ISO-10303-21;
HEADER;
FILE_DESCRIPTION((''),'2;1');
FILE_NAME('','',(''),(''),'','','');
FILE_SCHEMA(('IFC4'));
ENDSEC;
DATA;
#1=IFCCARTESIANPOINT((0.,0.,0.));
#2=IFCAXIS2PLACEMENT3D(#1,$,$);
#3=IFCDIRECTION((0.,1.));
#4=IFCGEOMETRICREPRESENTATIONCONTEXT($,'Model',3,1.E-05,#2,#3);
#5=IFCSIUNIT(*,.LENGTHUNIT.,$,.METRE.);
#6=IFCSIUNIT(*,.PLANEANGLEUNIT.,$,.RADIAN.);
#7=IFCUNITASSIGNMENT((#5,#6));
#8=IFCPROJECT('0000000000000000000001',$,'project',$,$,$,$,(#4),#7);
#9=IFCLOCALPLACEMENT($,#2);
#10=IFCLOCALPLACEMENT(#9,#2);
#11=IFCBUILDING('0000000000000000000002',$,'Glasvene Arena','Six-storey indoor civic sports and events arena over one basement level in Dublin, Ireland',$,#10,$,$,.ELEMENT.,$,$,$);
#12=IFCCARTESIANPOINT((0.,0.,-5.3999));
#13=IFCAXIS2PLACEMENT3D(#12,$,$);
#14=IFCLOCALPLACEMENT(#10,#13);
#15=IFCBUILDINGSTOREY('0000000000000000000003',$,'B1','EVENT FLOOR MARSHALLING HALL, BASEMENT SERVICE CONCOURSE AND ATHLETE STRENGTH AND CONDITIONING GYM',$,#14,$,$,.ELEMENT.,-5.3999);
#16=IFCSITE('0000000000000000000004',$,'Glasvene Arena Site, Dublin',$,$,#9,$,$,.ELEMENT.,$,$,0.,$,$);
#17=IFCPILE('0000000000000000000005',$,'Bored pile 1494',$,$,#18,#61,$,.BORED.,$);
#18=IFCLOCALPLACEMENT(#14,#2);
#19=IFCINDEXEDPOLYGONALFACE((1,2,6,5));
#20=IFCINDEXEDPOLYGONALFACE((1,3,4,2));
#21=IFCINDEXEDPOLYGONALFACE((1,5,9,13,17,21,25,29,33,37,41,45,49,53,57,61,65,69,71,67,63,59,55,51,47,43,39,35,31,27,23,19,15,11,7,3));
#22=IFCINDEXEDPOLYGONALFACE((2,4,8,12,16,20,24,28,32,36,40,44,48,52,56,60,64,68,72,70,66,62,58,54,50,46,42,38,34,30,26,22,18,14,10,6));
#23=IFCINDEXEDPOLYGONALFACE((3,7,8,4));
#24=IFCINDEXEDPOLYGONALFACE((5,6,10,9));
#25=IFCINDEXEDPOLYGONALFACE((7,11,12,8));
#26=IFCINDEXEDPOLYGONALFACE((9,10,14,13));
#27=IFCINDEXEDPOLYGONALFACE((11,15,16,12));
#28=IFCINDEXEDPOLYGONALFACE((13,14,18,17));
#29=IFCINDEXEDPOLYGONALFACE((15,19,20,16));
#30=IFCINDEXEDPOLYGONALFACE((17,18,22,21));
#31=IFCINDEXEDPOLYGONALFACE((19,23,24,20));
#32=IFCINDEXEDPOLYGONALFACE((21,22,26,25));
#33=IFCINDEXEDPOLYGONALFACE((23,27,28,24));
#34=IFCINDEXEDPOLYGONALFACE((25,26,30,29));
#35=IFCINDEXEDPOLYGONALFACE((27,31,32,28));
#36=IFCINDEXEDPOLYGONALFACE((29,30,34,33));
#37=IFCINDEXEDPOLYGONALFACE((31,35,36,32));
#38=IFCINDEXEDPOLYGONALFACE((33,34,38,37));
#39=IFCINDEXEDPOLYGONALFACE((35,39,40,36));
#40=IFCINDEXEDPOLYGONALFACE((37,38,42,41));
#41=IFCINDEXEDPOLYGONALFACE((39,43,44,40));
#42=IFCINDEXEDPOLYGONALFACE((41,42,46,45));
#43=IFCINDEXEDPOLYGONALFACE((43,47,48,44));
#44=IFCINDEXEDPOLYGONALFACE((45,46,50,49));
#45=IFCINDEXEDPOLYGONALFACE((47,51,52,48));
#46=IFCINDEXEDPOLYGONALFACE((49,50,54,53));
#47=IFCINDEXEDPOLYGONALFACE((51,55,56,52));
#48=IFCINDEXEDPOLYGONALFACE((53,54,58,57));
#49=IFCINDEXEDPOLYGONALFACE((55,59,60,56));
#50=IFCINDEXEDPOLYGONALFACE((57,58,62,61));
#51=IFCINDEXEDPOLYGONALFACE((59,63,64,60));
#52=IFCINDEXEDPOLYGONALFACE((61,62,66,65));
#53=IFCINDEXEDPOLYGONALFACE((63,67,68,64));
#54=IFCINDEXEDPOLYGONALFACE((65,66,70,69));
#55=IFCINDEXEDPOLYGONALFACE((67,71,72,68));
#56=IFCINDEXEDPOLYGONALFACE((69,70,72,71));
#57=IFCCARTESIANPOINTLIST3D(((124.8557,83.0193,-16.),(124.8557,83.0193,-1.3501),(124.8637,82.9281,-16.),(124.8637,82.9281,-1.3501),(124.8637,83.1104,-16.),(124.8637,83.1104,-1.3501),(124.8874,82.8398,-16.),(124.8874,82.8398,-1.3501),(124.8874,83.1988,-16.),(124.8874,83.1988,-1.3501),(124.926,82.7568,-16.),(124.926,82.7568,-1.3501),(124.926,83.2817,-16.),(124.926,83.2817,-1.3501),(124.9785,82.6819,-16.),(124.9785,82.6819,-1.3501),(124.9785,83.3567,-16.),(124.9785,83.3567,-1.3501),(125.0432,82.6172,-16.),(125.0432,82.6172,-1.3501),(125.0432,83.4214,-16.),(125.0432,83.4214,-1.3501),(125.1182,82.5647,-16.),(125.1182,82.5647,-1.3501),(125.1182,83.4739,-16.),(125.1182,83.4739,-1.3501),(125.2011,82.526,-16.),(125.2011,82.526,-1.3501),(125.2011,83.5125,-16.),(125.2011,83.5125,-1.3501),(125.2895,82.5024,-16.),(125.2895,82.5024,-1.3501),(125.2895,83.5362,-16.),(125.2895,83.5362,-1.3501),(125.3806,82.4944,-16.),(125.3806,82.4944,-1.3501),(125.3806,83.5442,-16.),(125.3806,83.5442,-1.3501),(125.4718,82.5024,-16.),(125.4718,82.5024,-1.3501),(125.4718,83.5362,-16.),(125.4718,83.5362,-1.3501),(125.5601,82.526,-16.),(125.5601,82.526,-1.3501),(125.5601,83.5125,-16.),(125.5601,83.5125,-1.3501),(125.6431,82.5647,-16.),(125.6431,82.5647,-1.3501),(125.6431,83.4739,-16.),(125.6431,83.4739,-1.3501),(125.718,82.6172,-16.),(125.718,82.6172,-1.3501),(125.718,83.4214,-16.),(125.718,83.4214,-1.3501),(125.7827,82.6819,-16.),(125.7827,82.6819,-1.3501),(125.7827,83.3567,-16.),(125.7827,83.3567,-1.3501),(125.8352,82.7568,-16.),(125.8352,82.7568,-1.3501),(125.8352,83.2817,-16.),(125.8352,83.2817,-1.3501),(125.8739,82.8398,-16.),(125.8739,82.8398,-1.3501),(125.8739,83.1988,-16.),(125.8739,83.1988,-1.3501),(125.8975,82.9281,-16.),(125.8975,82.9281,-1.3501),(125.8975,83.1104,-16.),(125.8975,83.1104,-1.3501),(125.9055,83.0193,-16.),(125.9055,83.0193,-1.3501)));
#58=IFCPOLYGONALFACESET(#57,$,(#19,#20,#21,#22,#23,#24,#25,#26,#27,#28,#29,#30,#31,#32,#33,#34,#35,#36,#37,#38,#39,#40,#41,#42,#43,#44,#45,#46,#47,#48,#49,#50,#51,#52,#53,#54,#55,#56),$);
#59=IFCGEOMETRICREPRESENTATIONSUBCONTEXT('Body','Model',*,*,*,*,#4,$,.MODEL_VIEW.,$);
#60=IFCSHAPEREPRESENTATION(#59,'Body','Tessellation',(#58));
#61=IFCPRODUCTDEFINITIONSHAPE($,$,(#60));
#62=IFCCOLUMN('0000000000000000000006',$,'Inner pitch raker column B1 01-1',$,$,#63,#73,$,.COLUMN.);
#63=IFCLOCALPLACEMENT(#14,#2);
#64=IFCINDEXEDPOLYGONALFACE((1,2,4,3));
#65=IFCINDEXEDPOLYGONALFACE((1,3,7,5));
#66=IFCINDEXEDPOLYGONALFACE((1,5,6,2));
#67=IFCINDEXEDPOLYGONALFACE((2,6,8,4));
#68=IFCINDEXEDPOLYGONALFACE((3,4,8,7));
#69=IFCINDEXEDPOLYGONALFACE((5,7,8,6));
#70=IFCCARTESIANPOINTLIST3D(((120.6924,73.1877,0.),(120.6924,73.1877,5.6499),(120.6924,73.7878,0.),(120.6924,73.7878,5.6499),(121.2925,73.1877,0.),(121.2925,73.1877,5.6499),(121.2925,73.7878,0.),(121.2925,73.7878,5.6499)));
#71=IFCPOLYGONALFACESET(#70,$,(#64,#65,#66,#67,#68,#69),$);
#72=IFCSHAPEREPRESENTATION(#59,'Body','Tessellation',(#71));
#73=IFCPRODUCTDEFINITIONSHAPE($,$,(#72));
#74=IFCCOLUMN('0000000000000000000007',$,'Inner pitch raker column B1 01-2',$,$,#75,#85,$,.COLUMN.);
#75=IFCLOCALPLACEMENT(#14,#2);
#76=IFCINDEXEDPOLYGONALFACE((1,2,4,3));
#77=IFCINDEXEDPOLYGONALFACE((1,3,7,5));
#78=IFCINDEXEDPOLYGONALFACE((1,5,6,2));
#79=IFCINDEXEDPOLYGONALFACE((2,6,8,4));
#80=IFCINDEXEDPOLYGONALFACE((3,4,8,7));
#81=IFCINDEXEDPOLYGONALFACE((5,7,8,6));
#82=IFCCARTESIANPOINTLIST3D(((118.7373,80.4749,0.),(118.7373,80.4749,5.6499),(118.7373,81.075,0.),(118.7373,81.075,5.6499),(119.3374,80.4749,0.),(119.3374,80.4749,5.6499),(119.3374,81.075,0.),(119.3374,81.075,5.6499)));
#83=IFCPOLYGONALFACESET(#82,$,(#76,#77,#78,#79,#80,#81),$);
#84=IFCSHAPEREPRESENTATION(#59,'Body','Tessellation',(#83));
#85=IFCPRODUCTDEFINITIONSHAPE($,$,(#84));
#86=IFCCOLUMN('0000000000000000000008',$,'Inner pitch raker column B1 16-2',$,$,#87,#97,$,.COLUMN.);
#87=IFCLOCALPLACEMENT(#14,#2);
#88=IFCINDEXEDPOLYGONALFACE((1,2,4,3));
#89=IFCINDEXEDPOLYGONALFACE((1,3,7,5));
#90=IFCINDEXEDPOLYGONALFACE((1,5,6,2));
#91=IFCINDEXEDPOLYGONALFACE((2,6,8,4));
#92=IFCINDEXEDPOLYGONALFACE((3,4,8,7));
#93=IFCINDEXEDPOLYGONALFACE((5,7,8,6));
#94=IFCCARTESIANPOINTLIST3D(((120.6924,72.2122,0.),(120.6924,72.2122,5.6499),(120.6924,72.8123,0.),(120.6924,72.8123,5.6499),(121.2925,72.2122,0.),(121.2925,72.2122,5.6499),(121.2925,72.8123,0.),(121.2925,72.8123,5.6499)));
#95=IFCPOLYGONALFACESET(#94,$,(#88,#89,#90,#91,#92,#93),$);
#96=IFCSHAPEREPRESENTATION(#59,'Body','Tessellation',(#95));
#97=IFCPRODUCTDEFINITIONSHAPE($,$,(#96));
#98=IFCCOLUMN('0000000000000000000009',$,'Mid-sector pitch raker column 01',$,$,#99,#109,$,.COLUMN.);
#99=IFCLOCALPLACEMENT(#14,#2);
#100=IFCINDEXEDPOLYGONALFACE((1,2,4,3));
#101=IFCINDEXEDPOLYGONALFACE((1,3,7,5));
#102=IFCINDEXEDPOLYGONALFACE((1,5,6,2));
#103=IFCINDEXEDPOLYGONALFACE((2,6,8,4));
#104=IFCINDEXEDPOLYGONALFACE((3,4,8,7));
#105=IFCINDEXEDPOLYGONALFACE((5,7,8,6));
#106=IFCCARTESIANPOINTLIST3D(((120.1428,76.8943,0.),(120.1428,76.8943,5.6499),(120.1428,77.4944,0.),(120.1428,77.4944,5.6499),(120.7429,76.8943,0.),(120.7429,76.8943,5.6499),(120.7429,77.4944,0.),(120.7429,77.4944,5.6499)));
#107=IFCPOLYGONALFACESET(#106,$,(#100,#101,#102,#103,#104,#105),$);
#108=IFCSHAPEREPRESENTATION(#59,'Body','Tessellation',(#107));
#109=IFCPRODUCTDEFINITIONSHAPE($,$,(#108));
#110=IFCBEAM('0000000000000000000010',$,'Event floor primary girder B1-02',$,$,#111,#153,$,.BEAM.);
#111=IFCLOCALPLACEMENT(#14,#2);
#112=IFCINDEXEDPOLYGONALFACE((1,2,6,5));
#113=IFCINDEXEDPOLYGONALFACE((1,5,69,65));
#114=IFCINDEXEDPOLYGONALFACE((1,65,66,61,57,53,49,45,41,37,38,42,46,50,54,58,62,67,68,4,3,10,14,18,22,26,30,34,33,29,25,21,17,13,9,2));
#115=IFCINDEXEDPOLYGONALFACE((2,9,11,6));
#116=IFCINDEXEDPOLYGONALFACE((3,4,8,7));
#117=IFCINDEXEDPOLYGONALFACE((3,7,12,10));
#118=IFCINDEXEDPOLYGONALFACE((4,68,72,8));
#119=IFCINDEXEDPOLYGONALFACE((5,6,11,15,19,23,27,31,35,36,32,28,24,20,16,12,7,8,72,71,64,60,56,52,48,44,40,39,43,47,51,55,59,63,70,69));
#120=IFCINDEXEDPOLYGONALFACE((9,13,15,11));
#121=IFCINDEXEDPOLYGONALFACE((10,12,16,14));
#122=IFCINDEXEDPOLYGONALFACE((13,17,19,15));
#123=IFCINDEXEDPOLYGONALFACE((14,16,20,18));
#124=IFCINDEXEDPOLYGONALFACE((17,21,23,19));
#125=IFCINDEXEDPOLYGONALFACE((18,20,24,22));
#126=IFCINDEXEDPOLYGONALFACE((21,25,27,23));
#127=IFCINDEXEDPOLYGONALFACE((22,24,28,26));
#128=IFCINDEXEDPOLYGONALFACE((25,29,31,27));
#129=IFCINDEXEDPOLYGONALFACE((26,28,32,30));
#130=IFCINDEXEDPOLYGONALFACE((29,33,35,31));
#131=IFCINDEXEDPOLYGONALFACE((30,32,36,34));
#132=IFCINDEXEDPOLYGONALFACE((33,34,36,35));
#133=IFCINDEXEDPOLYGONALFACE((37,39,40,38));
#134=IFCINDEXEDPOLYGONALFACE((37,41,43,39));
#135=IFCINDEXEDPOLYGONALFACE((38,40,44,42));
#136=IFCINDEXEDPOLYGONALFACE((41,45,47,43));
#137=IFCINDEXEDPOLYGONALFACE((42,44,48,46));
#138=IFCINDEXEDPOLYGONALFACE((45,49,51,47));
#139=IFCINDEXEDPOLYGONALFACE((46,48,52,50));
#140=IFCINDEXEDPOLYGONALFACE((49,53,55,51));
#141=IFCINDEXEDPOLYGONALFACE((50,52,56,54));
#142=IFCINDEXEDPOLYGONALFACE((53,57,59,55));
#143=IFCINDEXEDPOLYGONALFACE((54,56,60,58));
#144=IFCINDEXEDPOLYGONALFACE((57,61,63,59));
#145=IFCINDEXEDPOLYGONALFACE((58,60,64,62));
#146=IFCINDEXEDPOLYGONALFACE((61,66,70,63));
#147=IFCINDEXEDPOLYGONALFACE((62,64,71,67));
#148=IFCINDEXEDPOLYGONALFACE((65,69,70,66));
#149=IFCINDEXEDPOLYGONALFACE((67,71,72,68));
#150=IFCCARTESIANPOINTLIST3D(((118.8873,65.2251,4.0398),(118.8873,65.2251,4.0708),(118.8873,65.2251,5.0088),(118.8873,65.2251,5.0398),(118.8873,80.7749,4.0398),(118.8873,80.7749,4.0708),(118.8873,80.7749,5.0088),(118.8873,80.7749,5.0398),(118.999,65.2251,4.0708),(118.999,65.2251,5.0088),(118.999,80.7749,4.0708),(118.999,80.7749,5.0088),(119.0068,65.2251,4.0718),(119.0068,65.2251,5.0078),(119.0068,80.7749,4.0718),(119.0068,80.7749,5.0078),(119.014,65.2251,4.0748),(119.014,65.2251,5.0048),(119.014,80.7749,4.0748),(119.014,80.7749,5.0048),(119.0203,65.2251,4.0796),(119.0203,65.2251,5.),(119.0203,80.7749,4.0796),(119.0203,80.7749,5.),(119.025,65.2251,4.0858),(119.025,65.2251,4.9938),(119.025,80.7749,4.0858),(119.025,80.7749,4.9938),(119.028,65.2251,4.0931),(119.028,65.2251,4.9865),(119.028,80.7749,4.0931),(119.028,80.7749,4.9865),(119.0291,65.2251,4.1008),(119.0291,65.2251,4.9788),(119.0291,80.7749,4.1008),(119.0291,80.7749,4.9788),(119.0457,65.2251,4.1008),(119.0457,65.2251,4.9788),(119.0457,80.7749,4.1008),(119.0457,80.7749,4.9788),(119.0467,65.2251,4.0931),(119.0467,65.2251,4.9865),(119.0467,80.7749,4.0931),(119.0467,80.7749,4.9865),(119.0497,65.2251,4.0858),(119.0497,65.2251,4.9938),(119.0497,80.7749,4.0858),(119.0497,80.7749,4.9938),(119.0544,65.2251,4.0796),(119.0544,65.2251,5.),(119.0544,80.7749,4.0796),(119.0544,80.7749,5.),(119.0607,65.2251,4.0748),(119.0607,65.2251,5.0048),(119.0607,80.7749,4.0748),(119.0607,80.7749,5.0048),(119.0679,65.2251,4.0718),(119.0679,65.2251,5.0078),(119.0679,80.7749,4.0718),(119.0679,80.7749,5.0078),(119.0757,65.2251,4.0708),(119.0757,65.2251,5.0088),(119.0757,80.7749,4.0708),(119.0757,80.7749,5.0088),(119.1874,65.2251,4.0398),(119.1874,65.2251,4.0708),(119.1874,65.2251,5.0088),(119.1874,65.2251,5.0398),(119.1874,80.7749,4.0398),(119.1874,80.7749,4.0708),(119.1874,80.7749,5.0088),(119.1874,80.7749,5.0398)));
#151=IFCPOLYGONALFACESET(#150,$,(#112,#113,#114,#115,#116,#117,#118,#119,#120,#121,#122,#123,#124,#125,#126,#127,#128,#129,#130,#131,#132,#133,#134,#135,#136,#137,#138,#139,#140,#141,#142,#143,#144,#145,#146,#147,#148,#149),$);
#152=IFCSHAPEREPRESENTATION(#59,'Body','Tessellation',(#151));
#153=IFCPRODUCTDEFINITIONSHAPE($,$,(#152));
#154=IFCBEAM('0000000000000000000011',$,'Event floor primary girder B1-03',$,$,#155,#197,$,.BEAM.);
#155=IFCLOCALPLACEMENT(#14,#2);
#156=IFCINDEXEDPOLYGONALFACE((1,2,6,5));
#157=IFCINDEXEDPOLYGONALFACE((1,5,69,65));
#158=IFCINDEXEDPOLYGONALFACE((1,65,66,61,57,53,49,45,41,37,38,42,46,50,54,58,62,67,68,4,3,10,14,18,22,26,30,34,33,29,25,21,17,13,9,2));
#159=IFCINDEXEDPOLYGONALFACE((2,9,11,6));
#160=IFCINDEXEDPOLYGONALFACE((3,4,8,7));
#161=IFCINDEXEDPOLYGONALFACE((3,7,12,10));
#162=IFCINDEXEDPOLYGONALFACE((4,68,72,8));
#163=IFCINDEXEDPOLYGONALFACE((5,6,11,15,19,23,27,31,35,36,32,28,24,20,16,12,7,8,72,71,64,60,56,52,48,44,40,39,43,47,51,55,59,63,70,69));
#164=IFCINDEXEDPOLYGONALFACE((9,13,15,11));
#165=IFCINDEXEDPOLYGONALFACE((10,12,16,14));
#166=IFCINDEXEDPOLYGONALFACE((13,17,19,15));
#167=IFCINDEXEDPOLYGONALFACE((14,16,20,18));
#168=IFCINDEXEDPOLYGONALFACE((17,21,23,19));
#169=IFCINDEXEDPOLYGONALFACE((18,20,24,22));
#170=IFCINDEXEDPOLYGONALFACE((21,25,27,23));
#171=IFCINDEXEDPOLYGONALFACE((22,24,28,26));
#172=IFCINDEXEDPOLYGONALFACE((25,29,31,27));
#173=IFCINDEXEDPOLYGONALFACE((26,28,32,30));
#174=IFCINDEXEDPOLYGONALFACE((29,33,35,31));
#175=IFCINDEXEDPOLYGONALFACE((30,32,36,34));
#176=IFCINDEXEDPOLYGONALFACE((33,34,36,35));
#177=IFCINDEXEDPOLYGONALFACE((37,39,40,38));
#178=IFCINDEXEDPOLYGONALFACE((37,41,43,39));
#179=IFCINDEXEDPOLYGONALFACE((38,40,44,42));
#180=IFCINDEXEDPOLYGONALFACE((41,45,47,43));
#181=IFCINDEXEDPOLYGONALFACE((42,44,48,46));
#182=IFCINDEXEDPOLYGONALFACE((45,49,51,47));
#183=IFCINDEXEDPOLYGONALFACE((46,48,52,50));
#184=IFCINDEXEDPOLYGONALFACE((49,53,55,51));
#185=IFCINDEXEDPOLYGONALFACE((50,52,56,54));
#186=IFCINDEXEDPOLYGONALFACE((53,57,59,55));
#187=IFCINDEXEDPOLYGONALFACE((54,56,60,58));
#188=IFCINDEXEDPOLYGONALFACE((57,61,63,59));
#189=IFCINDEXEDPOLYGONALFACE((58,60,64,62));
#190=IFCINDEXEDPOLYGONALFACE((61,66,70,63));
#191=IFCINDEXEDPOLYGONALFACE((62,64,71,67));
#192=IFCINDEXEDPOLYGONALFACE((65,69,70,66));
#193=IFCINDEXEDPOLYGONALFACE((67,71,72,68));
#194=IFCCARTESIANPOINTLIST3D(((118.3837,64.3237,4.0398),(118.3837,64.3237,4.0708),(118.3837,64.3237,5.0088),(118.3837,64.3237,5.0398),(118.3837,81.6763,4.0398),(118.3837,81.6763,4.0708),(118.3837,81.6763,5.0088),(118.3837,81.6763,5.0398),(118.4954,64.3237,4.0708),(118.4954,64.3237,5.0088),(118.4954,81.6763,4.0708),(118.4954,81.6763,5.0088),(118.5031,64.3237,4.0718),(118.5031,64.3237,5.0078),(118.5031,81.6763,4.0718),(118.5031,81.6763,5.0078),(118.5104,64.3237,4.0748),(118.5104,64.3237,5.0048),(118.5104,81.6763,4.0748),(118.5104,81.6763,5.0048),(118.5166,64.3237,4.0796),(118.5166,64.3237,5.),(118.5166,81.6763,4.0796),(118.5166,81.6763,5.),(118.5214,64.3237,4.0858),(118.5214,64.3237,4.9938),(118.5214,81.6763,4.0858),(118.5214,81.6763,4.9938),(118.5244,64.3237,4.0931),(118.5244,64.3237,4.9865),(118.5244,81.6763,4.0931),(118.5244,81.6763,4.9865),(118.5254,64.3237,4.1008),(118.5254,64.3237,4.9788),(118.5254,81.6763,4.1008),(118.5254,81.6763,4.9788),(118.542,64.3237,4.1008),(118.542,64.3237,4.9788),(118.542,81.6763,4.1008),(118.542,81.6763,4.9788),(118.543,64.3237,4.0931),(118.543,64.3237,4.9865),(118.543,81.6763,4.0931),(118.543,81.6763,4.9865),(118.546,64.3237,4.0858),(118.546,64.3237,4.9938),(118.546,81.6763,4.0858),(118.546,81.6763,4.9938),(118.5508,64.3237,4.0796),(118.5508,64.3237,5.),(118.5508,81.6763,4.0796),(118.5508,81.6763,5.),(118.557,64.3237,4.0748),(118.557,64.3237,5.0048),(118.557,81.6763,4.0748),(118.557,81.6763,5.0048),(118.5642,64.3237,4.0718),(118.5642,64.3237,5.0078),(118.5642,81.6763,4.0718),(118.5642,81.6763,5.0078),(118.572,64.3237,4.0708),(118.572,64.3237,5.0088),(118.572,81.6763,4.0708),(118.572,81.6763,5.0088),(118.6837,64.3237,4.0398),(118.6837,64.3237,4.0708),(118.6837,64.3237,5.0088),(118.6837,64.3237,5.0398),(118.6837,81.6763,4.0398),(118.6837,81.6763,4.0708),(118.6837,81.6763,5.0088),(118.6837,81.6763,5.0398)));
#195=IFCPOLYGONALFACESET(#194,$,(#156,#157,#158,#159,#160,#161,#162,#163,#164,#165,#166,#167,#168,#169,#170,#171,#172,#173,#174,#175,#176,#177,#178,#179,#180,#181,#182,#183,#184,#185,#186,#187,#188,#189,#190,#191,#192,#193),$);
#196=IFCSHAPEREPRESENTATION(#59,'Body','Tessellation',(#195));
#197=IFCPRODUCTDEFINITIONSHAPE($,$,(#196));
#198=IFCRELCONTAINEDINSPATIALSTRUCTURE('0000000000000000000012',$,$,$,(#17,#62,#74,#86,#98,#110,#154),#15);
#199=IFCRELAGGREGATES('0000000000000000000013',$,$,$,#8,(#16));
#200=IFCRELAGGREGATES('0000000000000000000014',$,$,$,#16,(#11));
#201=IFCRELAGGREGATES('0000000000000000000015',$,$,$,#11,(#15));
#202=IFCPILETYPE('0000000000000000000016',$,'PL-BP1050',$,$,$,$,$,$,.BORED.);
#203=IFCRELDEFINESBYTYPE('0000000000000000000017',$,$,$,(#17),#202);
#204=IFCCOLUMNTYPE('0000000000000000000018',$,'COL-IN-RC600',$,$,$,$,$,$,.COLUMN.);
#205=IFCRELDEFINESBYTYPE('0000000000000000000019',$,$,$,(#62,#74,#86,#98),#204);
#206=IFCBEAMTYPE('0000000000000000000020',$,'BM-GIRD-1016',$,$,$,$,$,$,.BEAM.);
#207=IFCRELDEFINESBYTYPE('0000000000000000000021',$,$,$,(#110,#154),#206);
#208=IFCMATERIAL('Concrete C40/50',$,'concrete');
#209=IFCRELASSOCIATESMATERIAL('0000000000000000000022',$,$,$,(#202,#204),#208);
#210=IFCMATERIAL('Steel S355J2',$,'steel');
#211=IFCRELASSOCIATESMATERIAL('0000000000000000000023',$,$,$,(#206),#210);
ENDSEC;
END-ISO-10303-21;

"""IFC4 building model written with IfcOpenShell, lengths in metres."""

from ifc_helpers import new_model, si_unit, direction, frame, origin, origin_2d, place, context, subcontext, project, spatial, rectangle, circle, i_section, extrude, material, material_profile, profile_set, type_object, element, save


model = new_model("IFC4")

# Units and contexts
model_context = context("Model", 3, precision=1e-05, world=origin(), true_north=direction((0.0, 1.0)))
body_context = subcontext(model_context, "Body", "Model", "MODEL_VIEW")
ifc_project = project(units=[si_unit("LENGTHUNIT", "METRE"), si_unit("PLANEANGLEUNIT", "RADIAN")], contexts=[model_context])

# Site, building, storey
site_placement = place(None, origin())
site = spatial("IfcSite", under=ifc_project, at=site_placement, Name="Glasvene Arena Site, Dublin", CompositionType="ELEMENT", RefElevation=0.0)
building_placement = place(site_placement, origin())
building = spatial("IfcBuilding", under=site, at=building_placement, Name="Glasvene Arena", Description="Six-storey indoor civic sports and events arena over one basement level in Dublin, Ireland", CompositionType="ELEMENT")
storey_placement = place(building_placement, frame((0.0, 0.0, -5.3999)))
storey = spatial("IfcBuildingStorey", under=building, at=storey_placement, Name="B1", Description="EVENT FLOOR MARSHALLING HALL, BASEMENT SERVICE CONCOURSE AND ATHLETE STRENGTH AND CONDITIONING GYM", CompositionType="ELEMENT", Elevation=-5.3999)

# Pile
ifc_material_1 = material(Name="Concrete C40/50", Category="concrete")
ifc_material_profile_1 = material_profile(ifc_material_1, circle(Radius=0.5249, at=origin_2d()), Name="BORED PILE 1050")
ifc_profile_set_1 = profile_set([ifc_material_profile_1], Name="Concrete C40/50")
pile_type = type_object("IfcPileType", Name="PL-BP1050", PredefinedType="BORED", material=ifc_profile_set_1)
for number, where, z_axis, x_axis, name in (
    (1, (125.3806, 83.0193, -1.3501), (0.0, 0.0, -1.0), (1.0, 0.0, 0.0), "Bored pile 1494"),
):
    element("IfcPile", number, at=place(storey_placement, frame(where, z_axis=z_axis, x_axis=x_axis)), inside=storey, type_object=pile_type, Name=name, PredefinedType="BORED", context=body_context, shape_type="SweptSolid", body=[
        extrude(circle(Radius=0.5249, at=origin_2d()), origin(), (0.0, 0.0, 1.0), 14.6499),
    ])

# Columns
ifc_material_profile_2 = material_profile(ifc_material_1, rectangle(XDim=0.6001, YDim=0.6001, at=origin_2d()), Name="RC 600x600")
ifc_profile_set_2 = profile_set([ifc_material_profile_2], Name="Concrete C40/50")
column_type = type_object("IfcColumnType", Name="COL-IN-RC600", PredefinedType="COLUMN", material=ifc_profile_set_2)
for number, where, z_axis, x_axis, name in (
    (2, (120.9924, 73.4878, 0.0), (0.0, 0.0, 1.0), (1.0, 0.0, 0.0), "Inner pitch raker column B1 01-1"),
    (3, (119.0374, 80.7749, 0.0), (0.0, 0.0, 1.0), (1.0, 0.0, 0.0), "Inner pitch raker column B1 01-2"),
    (4, (120.9924, 72.5122, 0.0), (0.0, 0.0, 1.0), (1.0, 0.0, 0.0), "Inner pitch raker column B1 16-2"),
    (5, (120.4429, 77.1943, 0.0), (0.0, 0.0, 1.0), (1.0, 0.0, 0.0), "Mid-sector pitch raker column 01"),
):
    element("IfcColumn", number, at=place(storey_placement, frame(where, z_axis=z_axis, x_axis=x_axis)), inside=storey, type_object=column_type, Name=name, PredefinedType="COLUMN", context=body_context, shape_type="SweptSolid", body=[
        extrude(rectangle(XDim=0.6001, YDim=0.6001, at=origin_2d()), origin(), (0.0, 0.0, 1.0), 5.6499),
    ])

# Beams
ifc_material_2 = material(Name="Steel S355J2", Category="steel")
ifc_material_profile_3 = material_profile(ifc_material_2, i_section(OverallWidth=0.3, OverallDepth=1.0, WebThickness=0.0166, FlangeThickness=0.031, FilletRadius=0.03, at=origin_2d()), Name="UKB 1016x305x272")
ifc_profile_set_3 = profile_set([ifc_material_profile_3], Name="Steel S355J2")
beam_type_1 = type_object("IfcBeamType", Name="BM-GIRD-1016", PredefinedType="BEAM", material=ifc_profile_set_3)
beam_1_placement = place(storey_placement, frame((119.0374, 80.7749, 4.5398), z_axis=(0.0, -1.0, 0.0), x_axis=(1.0, 0.0, 0.0)))
element("IfcBeam", 6, at=beam_1_placement, inside=storey, type_object=beam_type_1, Name="Event floor primary girder B1-02", PredefinedType="BEAM", context=body_context, shape_type="SweptSolid", body=[
    extrude(i_section(OverallWidth=0.3, OverallDepth=1.0, WebThickness=0.0166, FlangeThickness=0.031, FilletRadius=0.03, at=origin_2d()), origin(), (0.0, 0.0, 1.0), 15.5498),
])
beam_2_placement = place(storey_placement, frame((118.5337, 81.6763, 4.5398), z_axis=(0.0, -1.0, 0.0), x_axis=(1.0, 0.0, 0.0)))
element("IfcBeam", 7, at=beam_2_placement, inside=storey, type_object=beam_type_1, Name="Event floor primary girder B1-03", PredefinedType="BEAM", context=body_context, shape_type="SweptSolid", body=[
    extrude(i_section(OverallWidth=0.3, OverallDepth=1.0, WebThickness=0.0166, FlangeThickness=0.031, FilletRadius=0.03, at=origin_2d()), origin(), (0.0, 0.0, 1.0), 17.3525),
])

save(model, "model.ifc")
